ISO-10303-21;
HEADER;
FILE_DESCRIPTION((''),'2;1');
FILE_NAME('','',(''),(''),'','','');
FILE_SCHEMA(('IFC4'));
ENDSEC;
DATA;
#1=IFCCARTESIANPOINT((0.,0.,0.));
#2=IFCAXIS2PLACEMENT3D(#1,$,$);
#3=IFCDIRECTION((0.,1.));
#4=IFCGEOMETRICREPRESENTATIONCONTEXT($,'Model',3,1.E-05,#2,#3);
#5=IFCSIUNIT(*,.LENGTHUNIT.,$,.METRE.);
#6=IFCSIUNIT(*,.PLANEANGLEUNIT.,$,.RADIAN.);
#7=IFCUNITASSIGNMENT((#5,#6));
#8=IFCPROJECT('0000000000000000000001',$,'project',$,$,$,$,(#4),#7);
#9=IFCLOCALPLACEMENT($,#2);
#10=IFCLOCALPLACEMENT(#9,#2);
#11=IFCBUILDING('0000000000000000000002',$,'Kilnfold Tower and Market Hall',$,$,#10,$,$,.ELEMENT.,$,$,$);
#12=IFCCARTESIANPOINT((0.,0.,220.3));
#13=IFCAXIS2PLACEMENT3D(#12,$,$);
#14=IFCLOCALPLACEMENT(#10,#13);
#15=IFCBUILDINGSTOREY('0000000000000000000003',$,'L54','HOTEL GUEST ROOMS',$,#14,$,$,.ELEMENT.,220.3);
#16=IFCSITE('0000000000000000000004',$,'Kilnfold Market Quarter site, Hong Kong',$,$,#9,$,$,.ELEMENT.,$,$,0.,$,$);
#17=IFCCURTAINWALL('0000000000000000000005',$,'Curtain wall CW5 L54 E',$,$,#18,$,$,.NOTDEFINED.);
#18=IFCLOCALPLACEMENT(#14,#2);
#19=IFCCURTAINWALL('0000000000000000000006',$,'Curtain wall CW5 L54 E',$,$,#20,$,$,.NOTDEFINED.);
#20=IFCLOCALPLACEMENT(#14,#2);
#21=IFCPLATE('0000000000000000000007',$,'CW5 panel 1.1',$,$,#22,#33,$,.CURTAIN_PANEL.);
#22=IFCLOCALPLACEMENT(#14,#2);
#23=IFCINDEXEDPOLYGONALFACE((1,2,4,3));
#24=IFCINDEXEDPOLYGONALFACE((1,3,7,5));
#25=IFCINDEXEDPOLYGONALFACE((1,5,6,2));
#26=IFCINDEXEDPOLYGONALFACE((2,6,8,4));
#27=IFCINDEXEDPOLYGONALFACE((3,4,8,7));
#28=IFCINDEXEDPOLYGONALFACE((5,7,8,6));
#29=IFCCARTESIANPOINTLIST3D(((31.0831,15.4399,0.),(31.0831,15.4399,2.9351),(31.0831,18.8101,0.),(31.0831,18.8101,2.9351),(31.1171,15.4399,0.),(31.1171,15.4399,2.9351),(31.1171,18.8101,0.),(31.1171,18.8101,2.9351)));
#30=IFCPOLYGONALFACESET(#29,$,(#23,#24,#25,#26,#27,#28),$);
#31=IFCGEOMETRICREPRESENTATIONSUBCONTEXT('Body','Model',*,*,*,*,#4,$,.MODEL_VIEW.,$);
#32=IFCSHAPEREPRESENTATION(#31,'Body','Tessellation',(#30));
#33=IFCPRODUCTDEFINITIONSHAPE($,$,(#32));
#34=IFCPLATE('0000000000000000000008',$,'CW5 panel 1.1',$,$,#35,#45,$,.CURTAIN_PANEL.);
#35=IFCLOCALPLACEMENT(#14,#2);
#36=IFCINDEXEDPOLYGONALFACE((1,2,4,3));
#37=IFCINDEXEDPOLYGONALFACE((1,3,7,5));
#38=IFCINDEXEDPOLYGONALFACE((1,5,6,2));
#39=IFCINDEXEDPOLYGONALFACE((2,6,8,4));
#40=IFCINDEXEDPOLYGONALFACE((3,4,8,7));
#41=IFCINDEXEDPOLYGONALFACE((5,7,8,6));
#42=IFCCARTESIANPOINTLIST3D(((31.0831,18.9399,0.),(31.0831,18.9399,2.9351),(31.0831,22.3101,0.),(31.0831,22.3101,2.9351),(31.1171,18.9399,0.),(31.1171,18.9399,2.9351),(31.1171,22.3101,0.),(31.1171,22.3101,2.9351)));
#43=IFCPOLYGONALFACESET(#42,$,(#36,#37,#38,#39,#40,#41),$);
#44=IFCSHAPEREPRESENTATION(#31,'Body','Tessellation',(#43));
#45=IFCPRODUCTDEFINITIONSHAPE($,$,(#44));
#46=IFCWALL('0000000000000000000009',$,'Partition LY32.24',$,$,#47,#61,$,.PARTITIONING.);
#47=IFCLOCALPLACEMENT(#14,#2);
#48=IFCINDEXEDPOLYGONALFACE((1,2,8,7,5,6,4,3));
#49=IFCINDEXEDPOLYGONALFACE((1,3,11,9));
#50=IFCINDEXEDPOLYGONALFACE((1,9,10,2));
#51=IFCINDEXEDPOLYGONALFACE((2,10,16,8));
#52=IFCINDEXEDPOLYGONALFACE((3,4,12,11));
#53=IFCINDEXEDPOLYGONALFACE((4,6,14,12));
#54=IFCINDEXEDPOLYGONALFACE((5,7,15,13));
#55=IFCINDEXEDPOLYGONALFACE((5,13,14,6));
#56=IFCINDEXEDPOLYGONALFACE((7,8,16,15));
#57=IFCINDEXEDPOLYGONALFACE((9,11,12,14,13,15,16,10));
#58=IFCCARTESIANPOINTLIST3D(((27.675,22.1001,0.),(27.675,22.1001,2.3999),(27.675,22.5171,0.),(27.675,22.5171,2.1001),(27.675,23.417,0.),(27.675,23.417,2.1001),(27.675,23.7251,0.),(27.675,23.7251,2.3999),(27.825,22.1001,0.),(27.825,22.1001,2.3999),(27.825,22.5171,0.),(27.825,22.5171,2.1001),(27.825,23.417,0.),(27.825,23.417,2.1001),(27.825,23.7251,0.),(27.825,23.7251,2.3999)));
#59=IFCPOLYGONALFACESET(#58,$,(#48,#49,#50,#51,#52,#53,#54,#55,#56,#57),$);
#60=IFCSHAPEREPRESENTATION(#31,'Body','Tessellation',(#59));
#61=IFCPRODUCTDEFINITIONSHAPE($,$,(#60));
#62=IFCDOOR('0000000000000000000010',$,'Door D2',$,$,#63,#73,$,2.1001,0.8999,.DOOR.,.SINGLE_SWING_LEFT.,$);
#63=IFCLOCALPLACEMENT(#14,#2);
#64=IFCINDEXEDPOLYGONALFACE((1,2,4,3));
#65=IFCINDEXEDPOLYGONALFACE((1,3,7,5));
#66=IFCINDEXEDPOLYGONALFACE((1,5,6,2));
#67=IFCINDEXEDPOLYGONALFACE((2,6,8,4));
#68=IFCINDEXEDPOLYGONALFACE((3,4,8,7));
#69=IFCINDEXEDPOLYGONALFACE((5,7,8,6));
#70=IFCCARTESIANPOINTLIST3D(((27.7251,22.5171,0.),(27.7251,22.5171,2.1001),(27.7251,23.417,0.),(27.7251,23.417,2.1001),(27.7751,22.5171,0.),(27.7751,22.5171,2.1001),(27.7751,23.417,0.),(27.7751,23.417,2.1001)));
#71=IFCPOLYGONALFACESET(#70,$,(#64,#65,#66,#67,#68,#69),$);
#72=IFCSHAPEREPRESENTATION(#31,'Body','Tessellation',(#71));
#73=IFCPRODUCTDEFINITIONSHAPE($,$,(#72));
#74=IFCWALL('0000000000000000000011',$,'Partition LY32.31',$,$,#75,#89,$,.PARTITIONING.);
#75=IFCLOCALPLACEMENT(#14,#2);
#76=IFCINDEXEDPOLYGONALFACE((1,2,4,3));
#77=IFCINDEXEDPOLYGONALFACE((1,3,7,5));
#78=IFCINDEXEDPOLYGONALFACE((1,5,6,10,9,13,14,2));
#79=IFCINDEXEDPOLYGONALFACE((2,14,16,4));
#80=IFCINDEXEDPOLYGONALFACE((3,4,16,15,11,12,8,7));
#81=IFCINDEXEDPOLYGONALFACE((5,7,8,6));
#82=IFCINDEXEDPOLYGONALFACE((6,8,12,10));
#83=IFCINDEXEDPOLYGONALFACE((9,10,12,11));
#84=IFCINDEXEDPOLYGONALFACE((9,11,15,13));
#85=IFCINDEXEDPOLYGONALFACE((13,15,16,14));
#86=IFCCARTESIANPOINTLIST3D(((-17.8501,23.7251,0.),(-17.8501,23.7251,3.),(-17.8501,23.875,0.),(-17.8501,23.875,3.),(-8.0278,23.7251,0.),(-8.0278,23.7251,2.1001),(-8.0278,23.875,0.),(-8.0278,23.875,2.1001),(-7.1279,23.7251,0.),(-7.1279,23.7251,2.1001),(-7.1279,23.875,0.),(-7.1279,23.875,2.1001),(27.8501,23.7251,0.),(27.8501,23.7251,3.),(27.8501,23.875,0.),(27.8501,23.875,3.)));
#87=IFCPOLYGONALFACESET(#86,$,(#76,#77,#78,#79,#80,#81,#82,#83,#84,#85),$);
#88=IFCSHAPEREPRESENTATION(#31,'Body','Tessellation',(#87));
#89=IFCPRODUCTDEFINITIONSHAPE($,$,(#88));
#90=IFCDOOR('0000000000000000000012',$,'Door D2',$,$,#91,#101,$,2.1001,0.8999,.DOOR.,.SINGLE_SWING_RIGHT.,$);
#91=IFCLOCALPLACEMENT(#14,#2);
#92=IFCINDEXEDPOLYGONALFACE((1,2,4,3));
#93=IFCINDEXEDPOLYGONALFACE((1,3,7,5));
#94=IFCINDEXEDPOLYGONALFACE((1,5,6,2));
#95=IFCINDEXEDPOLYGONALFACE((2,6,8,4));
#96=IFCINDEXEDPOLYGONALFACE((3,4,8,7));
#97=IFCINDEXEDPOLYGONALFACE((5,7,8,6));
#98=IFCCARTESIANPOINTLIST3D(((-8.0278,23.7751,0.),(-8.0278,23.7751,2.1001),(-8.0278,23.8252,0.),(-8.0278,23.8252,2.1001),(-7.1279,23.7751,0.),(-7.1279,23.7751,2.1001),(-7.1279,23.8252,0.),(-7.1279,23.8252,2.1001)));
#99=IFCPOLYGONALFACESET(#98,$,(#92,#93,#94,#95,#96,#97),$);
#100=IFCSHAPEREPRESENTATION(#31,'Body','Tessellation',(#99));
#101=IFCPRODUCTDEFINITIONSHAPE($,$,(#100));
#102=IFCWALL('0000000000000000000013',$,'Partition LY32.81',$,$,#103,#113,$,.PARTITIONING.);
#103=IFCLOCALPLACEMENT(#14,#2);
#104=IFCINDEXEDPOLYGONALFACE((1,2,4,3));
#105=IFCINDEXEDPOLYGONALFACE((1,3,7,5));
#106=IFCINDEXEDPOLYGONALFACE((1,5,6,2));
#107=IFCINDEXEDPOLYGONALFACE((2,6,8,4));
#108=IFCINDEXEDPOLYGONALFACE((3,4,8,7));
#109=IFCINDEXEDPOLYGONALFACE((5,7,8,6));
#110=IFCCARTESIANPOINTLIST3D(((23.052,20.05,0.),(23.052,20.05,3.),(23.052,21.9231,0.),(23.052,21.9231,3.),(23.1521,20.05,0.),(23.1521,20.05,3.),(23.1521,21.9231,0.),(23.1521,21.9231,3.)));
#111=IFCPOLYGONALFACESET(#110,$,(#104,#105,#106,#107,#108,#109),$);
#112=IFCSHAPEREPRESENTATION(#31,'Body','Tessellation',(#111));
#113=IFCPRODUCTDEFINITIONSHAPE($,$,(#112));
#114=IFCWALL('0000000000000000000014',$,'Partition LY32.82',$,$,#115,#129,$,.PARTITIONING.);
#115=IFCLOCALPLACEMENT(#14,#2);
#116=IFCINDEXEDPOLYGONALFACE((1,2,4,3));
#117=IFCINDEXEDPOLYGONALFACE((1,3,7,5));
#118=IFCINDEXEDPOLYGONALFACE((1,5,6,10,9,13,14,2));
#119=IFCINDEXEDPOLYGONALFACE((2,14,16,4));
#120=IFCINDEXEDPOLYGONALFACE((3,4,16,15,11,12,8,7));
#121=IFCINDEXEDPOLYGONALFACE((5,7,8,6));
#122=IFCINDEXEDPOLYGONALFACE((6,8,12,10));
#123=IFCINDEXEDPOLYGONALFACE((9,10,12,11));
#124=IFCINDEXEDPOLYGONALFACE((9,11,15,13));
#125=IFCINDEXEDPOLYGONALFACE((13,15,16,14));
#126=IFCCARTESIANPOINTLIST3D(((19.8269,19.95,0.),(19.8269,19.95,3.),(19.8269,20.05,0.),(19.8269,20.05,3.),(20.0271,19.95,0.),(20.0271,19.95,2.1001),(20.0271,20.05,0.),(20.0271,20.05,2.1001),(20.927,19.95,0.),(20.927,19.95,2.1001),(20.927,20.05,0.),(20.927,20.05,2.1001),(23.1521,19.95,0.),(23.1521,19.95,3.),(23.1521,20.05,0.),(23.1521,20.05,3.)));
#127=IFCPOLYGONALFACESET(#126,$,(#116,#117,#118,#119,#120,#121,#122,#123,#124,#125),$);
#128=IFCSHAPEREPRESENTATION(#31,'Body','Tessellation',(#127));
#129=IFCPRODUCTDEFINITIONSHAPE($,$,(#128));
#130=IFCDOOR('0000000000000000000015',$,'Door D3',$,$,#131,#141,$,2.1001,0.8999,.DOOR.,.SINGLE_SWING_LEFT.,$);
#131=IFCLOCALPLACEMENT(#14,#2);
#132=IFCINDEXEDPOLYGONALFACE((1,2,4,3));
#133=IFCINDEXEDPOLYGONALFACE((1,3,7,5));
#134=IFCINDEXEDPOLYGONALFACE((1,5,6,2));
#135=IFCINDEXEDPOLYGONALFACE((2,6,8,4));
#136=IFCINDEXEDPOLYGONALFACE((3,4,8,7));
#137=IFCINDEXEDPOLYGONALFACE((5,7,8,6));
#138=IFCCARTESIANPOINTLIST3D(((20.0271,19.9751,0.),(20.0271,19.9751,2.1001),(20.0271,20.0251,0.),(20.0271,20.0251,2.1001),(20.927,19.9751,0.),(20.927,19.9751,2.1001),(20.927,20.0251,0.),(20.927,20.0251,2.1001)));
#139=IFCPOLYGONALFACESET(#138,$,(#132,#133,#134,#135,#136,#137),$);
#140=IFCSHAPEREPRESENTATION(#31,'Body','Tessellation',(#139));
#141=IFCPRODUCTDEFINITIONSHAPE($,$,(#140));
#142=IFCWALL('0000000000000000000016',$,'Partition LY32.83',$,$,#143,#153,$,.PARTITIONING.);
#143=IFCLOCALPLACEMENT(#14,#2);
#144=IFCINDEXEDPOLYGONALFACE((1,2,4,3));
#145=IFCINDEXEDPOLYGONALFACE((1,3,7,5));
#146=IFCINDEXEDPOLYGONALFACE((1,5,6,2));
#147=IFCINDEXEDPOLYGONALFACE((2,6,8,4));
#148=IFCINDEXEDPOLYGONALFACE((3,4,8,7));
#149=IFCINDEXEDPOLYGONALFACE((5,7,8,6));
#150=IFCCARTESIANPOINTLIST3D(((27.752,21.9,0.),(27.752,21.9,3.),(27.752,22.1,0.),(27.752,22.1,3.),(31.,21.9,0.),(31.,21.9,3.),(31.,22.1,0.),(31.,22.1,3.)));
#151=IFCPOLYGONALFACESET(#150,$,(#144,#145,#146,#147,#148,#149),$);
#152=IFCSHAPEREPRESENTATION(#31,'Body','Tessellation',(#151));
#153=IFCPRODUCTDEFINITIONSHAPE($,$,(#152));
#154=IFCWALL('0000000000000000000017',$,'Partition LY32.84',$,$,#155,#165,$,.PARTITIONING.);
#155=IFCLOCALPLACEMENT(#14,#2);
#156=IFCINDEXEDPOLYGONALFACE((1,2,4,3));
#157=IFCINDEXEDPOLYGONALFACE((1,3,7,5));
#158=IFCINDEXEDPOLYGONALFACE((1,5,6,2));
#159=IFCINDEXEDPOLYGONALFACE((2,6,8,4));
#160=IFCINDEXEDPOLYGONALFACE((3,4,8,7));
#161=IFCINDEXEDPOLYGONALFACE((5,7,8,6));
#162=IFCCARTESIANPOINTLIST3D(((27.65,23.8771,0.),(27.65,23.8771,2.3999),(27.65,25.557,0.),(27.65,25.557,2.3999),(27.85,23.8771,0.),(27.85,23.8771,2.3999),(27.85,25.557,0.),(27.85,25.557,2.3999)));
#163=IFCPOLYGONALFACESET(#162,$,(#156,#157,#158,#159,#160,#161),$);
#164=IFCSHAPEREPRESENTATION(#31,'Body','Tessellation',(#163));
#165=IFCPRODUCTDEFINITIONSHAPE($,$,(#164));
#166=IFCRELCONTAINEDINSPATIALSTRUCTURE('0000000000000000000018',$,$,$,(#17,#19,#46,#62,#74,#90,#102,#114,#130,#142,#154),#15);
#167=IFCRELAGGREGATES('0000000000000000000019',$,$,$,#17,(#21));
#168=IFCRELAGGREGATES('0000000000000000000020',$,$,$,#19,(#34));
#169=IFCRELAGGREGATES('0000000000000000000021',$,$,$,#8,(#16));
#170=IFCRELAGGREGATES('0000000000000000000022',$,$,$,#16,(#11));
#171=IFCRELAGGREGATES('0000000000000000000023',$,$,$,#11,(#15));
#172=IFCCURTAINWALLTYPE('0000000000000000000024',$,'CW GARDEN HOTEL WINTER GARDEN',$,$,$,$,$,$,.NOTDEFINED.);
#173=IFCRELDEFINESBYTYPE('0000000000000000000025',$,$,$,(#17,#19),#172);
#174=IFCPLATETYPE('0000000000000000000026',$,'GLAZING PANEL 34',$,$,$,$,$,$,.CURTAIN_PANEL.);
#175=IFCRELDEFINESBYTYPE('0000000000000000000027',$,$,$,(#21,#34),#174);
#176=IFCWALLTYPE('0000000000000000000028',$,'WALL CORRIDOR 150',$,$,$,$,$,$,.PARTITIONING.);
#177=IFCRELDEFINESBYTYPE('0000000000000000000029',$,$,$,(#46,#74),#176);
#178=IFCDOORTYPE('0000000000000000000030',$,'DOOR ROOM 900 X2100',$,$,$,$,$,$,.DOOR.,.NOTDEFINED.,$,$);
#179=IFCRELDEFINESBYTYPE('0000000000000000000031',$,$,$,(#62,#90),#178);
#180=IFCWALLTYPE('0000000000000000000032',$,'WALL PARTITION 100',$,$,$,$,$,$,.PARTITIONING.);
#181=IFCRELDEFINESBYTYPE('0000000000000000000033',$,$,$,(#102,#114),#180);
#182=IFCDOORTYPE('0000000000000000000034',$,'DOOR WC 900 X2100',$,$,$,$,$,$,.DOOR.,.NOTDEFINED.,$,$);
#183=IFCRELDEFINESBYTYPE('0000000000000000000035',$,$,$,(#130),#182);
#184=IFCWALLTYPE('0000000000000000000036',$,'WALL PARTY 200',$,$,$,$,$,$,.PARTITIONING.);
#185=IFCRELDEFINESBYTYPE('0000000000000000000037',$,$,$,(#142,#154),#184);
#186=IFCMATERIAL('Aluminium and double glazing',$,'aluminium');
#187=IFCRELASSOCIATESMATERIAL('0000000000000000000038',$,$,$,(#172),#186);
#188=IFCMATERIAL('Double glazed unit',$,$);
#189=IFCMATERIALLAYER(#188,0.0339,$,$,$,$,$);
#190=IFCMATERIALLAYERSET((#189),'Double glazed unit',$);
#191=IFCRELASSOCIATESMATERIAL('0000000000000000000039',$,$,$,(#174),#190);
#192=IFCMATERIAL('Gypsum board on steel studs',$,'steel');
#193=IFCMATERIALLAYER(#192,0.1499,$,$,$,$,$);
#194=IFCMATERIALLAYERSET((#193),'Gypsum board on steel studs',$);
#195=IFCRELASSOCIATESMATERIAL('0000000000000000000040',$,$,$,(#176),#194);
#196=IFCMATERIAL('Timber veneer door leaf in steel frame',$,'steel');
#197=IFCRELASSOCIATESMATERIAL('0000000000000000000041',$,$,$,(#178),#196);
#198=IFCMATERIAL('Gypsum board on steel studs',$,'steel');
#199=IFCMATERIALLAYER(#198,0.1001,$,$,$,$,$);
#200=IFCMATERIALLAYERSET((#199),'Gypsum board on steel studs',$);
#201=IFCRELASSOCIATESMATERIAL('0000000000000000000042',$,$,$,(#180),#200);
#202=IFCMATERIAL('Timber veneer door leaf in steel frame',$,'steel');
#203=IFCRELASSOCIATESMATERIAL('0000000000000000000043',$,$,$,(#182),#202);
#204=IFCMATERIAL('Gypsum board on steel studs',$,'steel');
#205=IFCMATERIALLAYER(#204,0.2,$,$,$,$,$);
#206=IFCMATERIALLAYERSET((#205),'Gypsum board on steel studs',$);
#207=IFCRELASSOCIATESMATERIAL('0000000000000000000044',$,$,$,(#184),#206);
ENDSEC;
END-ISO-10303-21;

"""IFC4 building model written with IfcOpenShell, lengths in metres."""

from ifc_helpers import new_model, si_unit, direction, frame, frame_2d, origin, origin_2d, place, context, subcontext, project, spatial, rectangle, extrude, source, transform, mapped, material, layer, layer_set, type_object, element, fill, aggregate, save


model = new_model("IFC4")

# Units and contexts
model_context = context("Model", 3, precision=1e-05, world=origin(), true_north=direction((0.0, 1.0)))
body_context = subcontext(model_context, "Body", "Model", "MODEL_VIEW")
ifc_project = project(units=[si_unit("LENGTHUNIT", "METRE"), si_unit("PLANEANGLEUNIT", "RADIAN")], contexts=[model_context])

# Site, building, storey
site_placement = place(None, origin())
site = spatial("IfcSite", under=ifc_project, at=site_placement, Name="Kilnfold Market Quarter site, Hong Kong", CompositionType="ELEMENT", RefElevation=0.0)
building_placement = place(site_placement, origin())
building = spatial("IfcBuilding", under=site, at=building_placement, Name="Kilnfold Tower and Market Hall", CompositionType="ELEMENT")
storey_placement = place(building_placement, frame((0.0, 0.0, 220.3)))
storey = spatial("IfcBuildingStorey", under=building, at=storey_placement, Name="L54", Description="HOTEL GUEST ROOMS", CompositionType="ELEMENT", Elevation=220.3)

# Shared definitions
ifc_material_1 = material(Name="Aluminium and double glazing", Category="aluminium")
curtain_wall_type = type_object("IfcCurtainWallType", Name="CW GARDEN HOTEL WINTER GARDEN", PredefinedType="NOTDEFINED", material=ifc_material_1)

# Curtain walls
curtain_wall_1_placement = place(storey_placement, origin())
curtain_wall_1 = element("IfcCurtainWall", 1, at=curtain_wall_1_placement, inside=storey, type_object=curtain_wall_type, Name="Curtain wall CW5 L54 E", PredefinedType="NOTDEFINED")
curtain_wall_2_placement = place(storey_placement, origin())
curtain_wall_2 = element("IfcCurtainWall", 2, at=curtain_wall_2_placement, inside=storey, type_object=curtain_wall_type, Name="Curtain wall CW5 L54 E", PredefinedType="NOTDEFINED")

# Plates
ifc_material_2 = material(Name="Double glazed unit")
ifc_layer_1 = layer(ifc_material_2, 0.0339)
ifc_layer_set_1 = layer_set([ifc_layer_1], Name="Double glazed unit")
plate_type = type_object("IfcPlateType", Name="GLAZING PANEL 34", PredefinedType="CURTAIN_PANEL", material=ifc_layer_set_1)
shared_shape_1 = source(origin(), body_context, "Body", "SweptSolid", [
    extrude(rectangle(XDim=3.3701, YDim=0.0339, at=origin_2d()), origin(), (0.0, 0.0, 1.0), 2.9351),
])
plate_1_placement = place(storey_placement, frame((31.1001, 17.125, 0.0), z_axis=(0.0, 0.0, 1.0), x_axis=(0.0, 1.0, 0.0)))
plate_1 = element("IfcPlate", 3, at=plate_1_placement, type_object=plate_type, Name="CW5 panel 1.1", PredefinedType="CURTAIN_PANEL", context=body_context, shape_type="MappedRepresentation", body=[
    mapped(shared_shape_1, transform((0.0, 0.0, 0.0))),
])
aggregate(curtain_wall_1, [plate_1])
plate_2_placement = place(storey_placement, frame((31.1001, 20.625, 0.0), z_axis=(0.0, 0.0, 1.0), x_axis=(0.0, 1.0, 0.0)))
plate_2 = element("IfcPlate", 4, at=plate_2_placement, type_object=plate_type, Name="CW5 panel 1.1", PredefinedType="CURTAIN_PANEL", context=body_context, shape_type="MappedRepresentation", body=[
    mapped(shared_shape_1, transform((0.0, 0.0, 0.0))),
])
aggregate(curtain_wall_2, [plate_2])

# Walls, openings, doors
ifc_material_3 = material(Name="Gypsum board on steel studs", Category="steel")
ifc_layer_2 = layer(ifc_material_3, 0.1499)
ifc_layer_set_2 = layer_set([ifc_layer_2], Name="Gypsum board on steel studs")
wall_type_1 = type_object("IfcWallType", Name="WALL CORRIDOR 150", PredefinedType="PARTITIONING", material=ifc_layer_set_2)
wall_1_placement = place(storey_placement, frame((27.75, 22.1001, 0.0), z_axis=(0.0, 0.0, 1.0), x_axis=(0.0, 1.0, 0.0)))
wall_1 = element("IfcWall", 5, at=wall_1_placement, inside=storey, type_object=wall_type_1, Name="Partition LY32.24", PredefinedType="PARTITIONING", context=body_context, shape_type="SweptSolid", body=[
    extrude(rectangle(XDim=1.625, YDim=0.1499, at=frame_2d((0.8125, 0.0))), origin(), (0.0, 0.0, 1.0), 2.3999),
])
opening_1_placement = place(wall_1_placement, frame((0.417, 0.0, 0.0)))
opening_1 = element("IfcOpeningElement", 6, at=opening_1_placement, cuts=wall_1, PredefinedType="OPENING", context=body_context, shape_type="SweptSolid", body=[
    extrude(rectangle(XDim=0.8999, YDim=2.1001, at=frame_2d((0.45, 1.05))), frame((0.0, 0.085, 0.0), z_axis=(0.0, -1.0, 0.0), x_axis=(1.0, 0.0, 0.0)), (0.0, 0.0, 1.0), 0.1699),
])
ifc_material_4 = material(Name="Timber veneer door leaf in steel frame", Category="steel")
door_type_1 = type_object("IfcDoorType", Name="DOOR ROOM 900 X2100", OperationType="NOTDEFINED", PredefinedType="DOOR", material=ifc_material_4)
door_1_placement = place(opening_1_placement, origin())
door_1 = element("IfcDoor", 7, at=door_1_placement, inside=storey, type_object=door_type_1, Name="Door D2", OperationType="SINGLE_SWING_LEFT", OverallHeight=2.1001, OverallWidth=0.8999, PredefinedType="DOOR", context=body_context, shape_type="SweptSolid", body=[
    extrude(rectangle(XDim=0.8999, YDim=2.1001, at=frame_2d((0.45, 1.05))), frame((0.0, 0.0249, 0.0), z_axis=(0.0, -1.0, 0.0), x_axis=(1.0, 0.0, 0.0)), (0.0, 0.0, 1.0), 0.05),
])
fill(opening_1, door_1)
wall_2_placement = place(storey_placement, frame((27.8501, 23.8, 0.0), z_axis=(0.0, 0.0, 1.0), x_axis=(-1.0, 0.0, 0.0)))
wall_2 = element("IfcWall", 8, at=wall_2_placement, inside=storey, type_object=wall_type_1, Name="Partition LY32.31", PredefinedType="PARTITIONING", context=body_context, shape_type="SweptSolid", body=[
    extrude(rectangle(XDim=45.7002, YDim=0.1499, at=frame_2d((22.8501, 0.0))), origin(), (0.0, 0.0, 1.0), 3.0),
])
opening_2_placement = place(wall_2_placement, frame((34.978, 0.0, 0.0)))
opening_2 = element("IfcOpeningElement", 9, at=opening_2_placement, cuts=wall_2, PredefinedType="OPENING", context=body_context, shape_type="SweptSolid", body=[
    extrude(rectangle(XDim=0.8999, YDim=2.1001, at=frame_2d((0.45, 1.05))), frame((0.0, 0.085, 0.0), z_axis=(0.0, -1.0, 0.0), x_axis=(1.0, 0.0, 0.0)), (0.0, 0.0, 1.0), 0.1699),
])
door_2_placement = place(opening_2_placement, origin())
door_2 = element("IfcDoor", 10, at=door_2_placement, inside=storey, type_object=door_type_1, Name="Door D2", OperationType="SINGLE_SWING_RIGHT", OverallHeight=2.1001, OverallWidth=0.8999, PredefinedType="DOOR", context=body_context, shape_type="SweptSolid", body=[
    extrude(rectangle(XDim=0.8999, YDim=2.1001, at=frame_2d((0.45, 1.05))), frame((0.0, 0.0249, 0.0), z_axis=(0.0, -1.0, 0.0), x_axis=(1.0, 0.0, 0.0)), (0.0, 0.0, 1.0), 0.05),
])
fill(opening_2, door_2)

# Wall
ifc_material_5 = material(Name="Gypsum board on steel studs", Category="steel")
ifc_layer_3 = layer(ifc_material_5, 0.1001)
ifc_layer_set_3 = layer_set([ifc_layer_3], Name="Gypsum board on steel studs")
wall_type_2 = type_object("IfcWallType", Name="WALL PARTITION 100", PredefinedType="PARTITIONING", material=ifc_layer_set_3)
wall_3_placement = place(storey_placement, frame((23.1021, 20.05, 0.0), z_axis=(0.0, 0.0, 1.0), x_axis=(0.0, 1.0, 0.0)))
element("IfcWall", 11, at=wall_3_placement, inside=storey, type_object=wall_type_2, Name="Partition LY32.81", PredefinedType="PARTITIONING", context=body_context, shape_type="SweptSolid", body=[
    extrude(rectangle(XDim=1.873, YDim=0.1001, at=frame_2d((0.9365, 0.0))), origin(), (0.0, 0.0, 1.0), 3.0),
])

# Wall, opening, door
wall_4_placement = place(storey_placement, frame((23.1521, 20.0, 0.0), z_axis=(0.0, 0.0, 1.0), x_axis=(-1.0, 0.0, 0.0)))
wall_4 = element("IfcWall", 12, at=wall_4_placement, inside=storey, type_object=wall_type_2, Name="Partition LY32.82", PredefinedType="PARTITIONING", context=body_context, shape_type="SweptSolid", body=[
    extrude(rectangle(XDim=3.3252, YDim=0.1001, at=frame_2d((1.6626, 0.0))), origin(), (0.0, 0.0, 1.0), 3.0),
])
opening_3_placement = place(wall_4_placement, frame((2.2251, 0.0, 0.0)))
opening_3 = element("IfcOpeningElement", 13, at=opening_3_placement, cuts=wall_4, PredefinedType="OPENING", context=body_context, shape_type="SweptSolid", body=[
    extrude(rectangle(XDim=0.8999, YDim=2.1001, at=frame_2d((0.45, 1.05))), frame((0.0, 0.0601, 0.0), z_axis=(0.0, -1.0, 0.0), x_axis=(1.0, 0.0, 0.0)), (0.0, 0.0, 1.0), 0.1201),
])
ifc_material_6 = material(Name="Timber veneer door leaf in steel frame", Category="steel")
door_type_2 = type_object("IfcDoorType", Name="DOOR WC 900 X2100", OperationType="NOTDEFINED", PredefinedType="DOOR", material=ifc_material_6)
door_3_placement = place(opening_3_placement, origin())
door_3 = element("IfcDoor", 14, at=door_3_placement, inside=storey, type_object=door_type_2, Name="Door D3", OperationType="SINGLE_SWING_LEFT", OverallHeight=2.1001, OverallWidth=0.8999, PredefinedType="DOOR", context=body_context, shape_type="SweptSolid", body=[
    extrude(rectangle(XDim=0.8999, YDim=2.1001, at=frame_2d((0.45, 1.05))), frame((0.0, 0.0249, 0.0), z_axis=(0.0, -1.0, 0.0), x_axis=(1.0, 0.0, 0.0)), (0.0, 0.0, 1.0), 0.05),
])
fill(opening_3, door_3)

# Walls
ifc_material_7 = material(Name="Gypsum board on steel studs", Category="steel")
ifc_layer_4 = layer(ifc_material_7, 0.2)
ifc_layer_set_4 = layer_set([ifc_layer_4], Name="Gypsum board on steel studs")
wall_type_3 = type_object("IfcWallType", Name="WALL PARTY 200", PredefinedType="PARTITIONING", material=ifc_layer_set_4)
wall_5_placement = place(storey_placement, frame((27.752, 22.0, 0.0), z_axis=(0.0, 0.0, 1.0), x_axis=(1.0, 0.0, 0.0)))
element("IfcWall", 15, at=wall_5_placement, inside=storey, type_object=wall_type_3, Name="Partition LY32.83", PredefinedType="PARTITIONING", context=body_context, shape_type="SweptSolid", body=[
    extrude(rectangle(XDim=3.248, YDim=0.2, at=frame_2d((1.624, 0.0))), origin(), (0.0, 0.0, 1.0), 3.0),
])
wall_6_placement = place(storey_placement, frame((27.75, 25.5569, 0.0), z_axis=(0.0, 0.0, 1.0), x_axis=(0.0, -1.0, 0.0)))
element("IfcWall", 16, at=wall_6_placement, inside=storey, type_object=wall_type_3, Name="Partition LY32.84", PredefinedType="PARTITIONING", context=body_context, shape_type="SweptSolid", body=[
    extrude(rectangle(XDim=1.6799, YDim=0.2, at=frame_2d((0.8398, 0.0))), origin(), (0.0, 0.0, 1.0), 2.3999),
])

save(model, "model.ifc")
